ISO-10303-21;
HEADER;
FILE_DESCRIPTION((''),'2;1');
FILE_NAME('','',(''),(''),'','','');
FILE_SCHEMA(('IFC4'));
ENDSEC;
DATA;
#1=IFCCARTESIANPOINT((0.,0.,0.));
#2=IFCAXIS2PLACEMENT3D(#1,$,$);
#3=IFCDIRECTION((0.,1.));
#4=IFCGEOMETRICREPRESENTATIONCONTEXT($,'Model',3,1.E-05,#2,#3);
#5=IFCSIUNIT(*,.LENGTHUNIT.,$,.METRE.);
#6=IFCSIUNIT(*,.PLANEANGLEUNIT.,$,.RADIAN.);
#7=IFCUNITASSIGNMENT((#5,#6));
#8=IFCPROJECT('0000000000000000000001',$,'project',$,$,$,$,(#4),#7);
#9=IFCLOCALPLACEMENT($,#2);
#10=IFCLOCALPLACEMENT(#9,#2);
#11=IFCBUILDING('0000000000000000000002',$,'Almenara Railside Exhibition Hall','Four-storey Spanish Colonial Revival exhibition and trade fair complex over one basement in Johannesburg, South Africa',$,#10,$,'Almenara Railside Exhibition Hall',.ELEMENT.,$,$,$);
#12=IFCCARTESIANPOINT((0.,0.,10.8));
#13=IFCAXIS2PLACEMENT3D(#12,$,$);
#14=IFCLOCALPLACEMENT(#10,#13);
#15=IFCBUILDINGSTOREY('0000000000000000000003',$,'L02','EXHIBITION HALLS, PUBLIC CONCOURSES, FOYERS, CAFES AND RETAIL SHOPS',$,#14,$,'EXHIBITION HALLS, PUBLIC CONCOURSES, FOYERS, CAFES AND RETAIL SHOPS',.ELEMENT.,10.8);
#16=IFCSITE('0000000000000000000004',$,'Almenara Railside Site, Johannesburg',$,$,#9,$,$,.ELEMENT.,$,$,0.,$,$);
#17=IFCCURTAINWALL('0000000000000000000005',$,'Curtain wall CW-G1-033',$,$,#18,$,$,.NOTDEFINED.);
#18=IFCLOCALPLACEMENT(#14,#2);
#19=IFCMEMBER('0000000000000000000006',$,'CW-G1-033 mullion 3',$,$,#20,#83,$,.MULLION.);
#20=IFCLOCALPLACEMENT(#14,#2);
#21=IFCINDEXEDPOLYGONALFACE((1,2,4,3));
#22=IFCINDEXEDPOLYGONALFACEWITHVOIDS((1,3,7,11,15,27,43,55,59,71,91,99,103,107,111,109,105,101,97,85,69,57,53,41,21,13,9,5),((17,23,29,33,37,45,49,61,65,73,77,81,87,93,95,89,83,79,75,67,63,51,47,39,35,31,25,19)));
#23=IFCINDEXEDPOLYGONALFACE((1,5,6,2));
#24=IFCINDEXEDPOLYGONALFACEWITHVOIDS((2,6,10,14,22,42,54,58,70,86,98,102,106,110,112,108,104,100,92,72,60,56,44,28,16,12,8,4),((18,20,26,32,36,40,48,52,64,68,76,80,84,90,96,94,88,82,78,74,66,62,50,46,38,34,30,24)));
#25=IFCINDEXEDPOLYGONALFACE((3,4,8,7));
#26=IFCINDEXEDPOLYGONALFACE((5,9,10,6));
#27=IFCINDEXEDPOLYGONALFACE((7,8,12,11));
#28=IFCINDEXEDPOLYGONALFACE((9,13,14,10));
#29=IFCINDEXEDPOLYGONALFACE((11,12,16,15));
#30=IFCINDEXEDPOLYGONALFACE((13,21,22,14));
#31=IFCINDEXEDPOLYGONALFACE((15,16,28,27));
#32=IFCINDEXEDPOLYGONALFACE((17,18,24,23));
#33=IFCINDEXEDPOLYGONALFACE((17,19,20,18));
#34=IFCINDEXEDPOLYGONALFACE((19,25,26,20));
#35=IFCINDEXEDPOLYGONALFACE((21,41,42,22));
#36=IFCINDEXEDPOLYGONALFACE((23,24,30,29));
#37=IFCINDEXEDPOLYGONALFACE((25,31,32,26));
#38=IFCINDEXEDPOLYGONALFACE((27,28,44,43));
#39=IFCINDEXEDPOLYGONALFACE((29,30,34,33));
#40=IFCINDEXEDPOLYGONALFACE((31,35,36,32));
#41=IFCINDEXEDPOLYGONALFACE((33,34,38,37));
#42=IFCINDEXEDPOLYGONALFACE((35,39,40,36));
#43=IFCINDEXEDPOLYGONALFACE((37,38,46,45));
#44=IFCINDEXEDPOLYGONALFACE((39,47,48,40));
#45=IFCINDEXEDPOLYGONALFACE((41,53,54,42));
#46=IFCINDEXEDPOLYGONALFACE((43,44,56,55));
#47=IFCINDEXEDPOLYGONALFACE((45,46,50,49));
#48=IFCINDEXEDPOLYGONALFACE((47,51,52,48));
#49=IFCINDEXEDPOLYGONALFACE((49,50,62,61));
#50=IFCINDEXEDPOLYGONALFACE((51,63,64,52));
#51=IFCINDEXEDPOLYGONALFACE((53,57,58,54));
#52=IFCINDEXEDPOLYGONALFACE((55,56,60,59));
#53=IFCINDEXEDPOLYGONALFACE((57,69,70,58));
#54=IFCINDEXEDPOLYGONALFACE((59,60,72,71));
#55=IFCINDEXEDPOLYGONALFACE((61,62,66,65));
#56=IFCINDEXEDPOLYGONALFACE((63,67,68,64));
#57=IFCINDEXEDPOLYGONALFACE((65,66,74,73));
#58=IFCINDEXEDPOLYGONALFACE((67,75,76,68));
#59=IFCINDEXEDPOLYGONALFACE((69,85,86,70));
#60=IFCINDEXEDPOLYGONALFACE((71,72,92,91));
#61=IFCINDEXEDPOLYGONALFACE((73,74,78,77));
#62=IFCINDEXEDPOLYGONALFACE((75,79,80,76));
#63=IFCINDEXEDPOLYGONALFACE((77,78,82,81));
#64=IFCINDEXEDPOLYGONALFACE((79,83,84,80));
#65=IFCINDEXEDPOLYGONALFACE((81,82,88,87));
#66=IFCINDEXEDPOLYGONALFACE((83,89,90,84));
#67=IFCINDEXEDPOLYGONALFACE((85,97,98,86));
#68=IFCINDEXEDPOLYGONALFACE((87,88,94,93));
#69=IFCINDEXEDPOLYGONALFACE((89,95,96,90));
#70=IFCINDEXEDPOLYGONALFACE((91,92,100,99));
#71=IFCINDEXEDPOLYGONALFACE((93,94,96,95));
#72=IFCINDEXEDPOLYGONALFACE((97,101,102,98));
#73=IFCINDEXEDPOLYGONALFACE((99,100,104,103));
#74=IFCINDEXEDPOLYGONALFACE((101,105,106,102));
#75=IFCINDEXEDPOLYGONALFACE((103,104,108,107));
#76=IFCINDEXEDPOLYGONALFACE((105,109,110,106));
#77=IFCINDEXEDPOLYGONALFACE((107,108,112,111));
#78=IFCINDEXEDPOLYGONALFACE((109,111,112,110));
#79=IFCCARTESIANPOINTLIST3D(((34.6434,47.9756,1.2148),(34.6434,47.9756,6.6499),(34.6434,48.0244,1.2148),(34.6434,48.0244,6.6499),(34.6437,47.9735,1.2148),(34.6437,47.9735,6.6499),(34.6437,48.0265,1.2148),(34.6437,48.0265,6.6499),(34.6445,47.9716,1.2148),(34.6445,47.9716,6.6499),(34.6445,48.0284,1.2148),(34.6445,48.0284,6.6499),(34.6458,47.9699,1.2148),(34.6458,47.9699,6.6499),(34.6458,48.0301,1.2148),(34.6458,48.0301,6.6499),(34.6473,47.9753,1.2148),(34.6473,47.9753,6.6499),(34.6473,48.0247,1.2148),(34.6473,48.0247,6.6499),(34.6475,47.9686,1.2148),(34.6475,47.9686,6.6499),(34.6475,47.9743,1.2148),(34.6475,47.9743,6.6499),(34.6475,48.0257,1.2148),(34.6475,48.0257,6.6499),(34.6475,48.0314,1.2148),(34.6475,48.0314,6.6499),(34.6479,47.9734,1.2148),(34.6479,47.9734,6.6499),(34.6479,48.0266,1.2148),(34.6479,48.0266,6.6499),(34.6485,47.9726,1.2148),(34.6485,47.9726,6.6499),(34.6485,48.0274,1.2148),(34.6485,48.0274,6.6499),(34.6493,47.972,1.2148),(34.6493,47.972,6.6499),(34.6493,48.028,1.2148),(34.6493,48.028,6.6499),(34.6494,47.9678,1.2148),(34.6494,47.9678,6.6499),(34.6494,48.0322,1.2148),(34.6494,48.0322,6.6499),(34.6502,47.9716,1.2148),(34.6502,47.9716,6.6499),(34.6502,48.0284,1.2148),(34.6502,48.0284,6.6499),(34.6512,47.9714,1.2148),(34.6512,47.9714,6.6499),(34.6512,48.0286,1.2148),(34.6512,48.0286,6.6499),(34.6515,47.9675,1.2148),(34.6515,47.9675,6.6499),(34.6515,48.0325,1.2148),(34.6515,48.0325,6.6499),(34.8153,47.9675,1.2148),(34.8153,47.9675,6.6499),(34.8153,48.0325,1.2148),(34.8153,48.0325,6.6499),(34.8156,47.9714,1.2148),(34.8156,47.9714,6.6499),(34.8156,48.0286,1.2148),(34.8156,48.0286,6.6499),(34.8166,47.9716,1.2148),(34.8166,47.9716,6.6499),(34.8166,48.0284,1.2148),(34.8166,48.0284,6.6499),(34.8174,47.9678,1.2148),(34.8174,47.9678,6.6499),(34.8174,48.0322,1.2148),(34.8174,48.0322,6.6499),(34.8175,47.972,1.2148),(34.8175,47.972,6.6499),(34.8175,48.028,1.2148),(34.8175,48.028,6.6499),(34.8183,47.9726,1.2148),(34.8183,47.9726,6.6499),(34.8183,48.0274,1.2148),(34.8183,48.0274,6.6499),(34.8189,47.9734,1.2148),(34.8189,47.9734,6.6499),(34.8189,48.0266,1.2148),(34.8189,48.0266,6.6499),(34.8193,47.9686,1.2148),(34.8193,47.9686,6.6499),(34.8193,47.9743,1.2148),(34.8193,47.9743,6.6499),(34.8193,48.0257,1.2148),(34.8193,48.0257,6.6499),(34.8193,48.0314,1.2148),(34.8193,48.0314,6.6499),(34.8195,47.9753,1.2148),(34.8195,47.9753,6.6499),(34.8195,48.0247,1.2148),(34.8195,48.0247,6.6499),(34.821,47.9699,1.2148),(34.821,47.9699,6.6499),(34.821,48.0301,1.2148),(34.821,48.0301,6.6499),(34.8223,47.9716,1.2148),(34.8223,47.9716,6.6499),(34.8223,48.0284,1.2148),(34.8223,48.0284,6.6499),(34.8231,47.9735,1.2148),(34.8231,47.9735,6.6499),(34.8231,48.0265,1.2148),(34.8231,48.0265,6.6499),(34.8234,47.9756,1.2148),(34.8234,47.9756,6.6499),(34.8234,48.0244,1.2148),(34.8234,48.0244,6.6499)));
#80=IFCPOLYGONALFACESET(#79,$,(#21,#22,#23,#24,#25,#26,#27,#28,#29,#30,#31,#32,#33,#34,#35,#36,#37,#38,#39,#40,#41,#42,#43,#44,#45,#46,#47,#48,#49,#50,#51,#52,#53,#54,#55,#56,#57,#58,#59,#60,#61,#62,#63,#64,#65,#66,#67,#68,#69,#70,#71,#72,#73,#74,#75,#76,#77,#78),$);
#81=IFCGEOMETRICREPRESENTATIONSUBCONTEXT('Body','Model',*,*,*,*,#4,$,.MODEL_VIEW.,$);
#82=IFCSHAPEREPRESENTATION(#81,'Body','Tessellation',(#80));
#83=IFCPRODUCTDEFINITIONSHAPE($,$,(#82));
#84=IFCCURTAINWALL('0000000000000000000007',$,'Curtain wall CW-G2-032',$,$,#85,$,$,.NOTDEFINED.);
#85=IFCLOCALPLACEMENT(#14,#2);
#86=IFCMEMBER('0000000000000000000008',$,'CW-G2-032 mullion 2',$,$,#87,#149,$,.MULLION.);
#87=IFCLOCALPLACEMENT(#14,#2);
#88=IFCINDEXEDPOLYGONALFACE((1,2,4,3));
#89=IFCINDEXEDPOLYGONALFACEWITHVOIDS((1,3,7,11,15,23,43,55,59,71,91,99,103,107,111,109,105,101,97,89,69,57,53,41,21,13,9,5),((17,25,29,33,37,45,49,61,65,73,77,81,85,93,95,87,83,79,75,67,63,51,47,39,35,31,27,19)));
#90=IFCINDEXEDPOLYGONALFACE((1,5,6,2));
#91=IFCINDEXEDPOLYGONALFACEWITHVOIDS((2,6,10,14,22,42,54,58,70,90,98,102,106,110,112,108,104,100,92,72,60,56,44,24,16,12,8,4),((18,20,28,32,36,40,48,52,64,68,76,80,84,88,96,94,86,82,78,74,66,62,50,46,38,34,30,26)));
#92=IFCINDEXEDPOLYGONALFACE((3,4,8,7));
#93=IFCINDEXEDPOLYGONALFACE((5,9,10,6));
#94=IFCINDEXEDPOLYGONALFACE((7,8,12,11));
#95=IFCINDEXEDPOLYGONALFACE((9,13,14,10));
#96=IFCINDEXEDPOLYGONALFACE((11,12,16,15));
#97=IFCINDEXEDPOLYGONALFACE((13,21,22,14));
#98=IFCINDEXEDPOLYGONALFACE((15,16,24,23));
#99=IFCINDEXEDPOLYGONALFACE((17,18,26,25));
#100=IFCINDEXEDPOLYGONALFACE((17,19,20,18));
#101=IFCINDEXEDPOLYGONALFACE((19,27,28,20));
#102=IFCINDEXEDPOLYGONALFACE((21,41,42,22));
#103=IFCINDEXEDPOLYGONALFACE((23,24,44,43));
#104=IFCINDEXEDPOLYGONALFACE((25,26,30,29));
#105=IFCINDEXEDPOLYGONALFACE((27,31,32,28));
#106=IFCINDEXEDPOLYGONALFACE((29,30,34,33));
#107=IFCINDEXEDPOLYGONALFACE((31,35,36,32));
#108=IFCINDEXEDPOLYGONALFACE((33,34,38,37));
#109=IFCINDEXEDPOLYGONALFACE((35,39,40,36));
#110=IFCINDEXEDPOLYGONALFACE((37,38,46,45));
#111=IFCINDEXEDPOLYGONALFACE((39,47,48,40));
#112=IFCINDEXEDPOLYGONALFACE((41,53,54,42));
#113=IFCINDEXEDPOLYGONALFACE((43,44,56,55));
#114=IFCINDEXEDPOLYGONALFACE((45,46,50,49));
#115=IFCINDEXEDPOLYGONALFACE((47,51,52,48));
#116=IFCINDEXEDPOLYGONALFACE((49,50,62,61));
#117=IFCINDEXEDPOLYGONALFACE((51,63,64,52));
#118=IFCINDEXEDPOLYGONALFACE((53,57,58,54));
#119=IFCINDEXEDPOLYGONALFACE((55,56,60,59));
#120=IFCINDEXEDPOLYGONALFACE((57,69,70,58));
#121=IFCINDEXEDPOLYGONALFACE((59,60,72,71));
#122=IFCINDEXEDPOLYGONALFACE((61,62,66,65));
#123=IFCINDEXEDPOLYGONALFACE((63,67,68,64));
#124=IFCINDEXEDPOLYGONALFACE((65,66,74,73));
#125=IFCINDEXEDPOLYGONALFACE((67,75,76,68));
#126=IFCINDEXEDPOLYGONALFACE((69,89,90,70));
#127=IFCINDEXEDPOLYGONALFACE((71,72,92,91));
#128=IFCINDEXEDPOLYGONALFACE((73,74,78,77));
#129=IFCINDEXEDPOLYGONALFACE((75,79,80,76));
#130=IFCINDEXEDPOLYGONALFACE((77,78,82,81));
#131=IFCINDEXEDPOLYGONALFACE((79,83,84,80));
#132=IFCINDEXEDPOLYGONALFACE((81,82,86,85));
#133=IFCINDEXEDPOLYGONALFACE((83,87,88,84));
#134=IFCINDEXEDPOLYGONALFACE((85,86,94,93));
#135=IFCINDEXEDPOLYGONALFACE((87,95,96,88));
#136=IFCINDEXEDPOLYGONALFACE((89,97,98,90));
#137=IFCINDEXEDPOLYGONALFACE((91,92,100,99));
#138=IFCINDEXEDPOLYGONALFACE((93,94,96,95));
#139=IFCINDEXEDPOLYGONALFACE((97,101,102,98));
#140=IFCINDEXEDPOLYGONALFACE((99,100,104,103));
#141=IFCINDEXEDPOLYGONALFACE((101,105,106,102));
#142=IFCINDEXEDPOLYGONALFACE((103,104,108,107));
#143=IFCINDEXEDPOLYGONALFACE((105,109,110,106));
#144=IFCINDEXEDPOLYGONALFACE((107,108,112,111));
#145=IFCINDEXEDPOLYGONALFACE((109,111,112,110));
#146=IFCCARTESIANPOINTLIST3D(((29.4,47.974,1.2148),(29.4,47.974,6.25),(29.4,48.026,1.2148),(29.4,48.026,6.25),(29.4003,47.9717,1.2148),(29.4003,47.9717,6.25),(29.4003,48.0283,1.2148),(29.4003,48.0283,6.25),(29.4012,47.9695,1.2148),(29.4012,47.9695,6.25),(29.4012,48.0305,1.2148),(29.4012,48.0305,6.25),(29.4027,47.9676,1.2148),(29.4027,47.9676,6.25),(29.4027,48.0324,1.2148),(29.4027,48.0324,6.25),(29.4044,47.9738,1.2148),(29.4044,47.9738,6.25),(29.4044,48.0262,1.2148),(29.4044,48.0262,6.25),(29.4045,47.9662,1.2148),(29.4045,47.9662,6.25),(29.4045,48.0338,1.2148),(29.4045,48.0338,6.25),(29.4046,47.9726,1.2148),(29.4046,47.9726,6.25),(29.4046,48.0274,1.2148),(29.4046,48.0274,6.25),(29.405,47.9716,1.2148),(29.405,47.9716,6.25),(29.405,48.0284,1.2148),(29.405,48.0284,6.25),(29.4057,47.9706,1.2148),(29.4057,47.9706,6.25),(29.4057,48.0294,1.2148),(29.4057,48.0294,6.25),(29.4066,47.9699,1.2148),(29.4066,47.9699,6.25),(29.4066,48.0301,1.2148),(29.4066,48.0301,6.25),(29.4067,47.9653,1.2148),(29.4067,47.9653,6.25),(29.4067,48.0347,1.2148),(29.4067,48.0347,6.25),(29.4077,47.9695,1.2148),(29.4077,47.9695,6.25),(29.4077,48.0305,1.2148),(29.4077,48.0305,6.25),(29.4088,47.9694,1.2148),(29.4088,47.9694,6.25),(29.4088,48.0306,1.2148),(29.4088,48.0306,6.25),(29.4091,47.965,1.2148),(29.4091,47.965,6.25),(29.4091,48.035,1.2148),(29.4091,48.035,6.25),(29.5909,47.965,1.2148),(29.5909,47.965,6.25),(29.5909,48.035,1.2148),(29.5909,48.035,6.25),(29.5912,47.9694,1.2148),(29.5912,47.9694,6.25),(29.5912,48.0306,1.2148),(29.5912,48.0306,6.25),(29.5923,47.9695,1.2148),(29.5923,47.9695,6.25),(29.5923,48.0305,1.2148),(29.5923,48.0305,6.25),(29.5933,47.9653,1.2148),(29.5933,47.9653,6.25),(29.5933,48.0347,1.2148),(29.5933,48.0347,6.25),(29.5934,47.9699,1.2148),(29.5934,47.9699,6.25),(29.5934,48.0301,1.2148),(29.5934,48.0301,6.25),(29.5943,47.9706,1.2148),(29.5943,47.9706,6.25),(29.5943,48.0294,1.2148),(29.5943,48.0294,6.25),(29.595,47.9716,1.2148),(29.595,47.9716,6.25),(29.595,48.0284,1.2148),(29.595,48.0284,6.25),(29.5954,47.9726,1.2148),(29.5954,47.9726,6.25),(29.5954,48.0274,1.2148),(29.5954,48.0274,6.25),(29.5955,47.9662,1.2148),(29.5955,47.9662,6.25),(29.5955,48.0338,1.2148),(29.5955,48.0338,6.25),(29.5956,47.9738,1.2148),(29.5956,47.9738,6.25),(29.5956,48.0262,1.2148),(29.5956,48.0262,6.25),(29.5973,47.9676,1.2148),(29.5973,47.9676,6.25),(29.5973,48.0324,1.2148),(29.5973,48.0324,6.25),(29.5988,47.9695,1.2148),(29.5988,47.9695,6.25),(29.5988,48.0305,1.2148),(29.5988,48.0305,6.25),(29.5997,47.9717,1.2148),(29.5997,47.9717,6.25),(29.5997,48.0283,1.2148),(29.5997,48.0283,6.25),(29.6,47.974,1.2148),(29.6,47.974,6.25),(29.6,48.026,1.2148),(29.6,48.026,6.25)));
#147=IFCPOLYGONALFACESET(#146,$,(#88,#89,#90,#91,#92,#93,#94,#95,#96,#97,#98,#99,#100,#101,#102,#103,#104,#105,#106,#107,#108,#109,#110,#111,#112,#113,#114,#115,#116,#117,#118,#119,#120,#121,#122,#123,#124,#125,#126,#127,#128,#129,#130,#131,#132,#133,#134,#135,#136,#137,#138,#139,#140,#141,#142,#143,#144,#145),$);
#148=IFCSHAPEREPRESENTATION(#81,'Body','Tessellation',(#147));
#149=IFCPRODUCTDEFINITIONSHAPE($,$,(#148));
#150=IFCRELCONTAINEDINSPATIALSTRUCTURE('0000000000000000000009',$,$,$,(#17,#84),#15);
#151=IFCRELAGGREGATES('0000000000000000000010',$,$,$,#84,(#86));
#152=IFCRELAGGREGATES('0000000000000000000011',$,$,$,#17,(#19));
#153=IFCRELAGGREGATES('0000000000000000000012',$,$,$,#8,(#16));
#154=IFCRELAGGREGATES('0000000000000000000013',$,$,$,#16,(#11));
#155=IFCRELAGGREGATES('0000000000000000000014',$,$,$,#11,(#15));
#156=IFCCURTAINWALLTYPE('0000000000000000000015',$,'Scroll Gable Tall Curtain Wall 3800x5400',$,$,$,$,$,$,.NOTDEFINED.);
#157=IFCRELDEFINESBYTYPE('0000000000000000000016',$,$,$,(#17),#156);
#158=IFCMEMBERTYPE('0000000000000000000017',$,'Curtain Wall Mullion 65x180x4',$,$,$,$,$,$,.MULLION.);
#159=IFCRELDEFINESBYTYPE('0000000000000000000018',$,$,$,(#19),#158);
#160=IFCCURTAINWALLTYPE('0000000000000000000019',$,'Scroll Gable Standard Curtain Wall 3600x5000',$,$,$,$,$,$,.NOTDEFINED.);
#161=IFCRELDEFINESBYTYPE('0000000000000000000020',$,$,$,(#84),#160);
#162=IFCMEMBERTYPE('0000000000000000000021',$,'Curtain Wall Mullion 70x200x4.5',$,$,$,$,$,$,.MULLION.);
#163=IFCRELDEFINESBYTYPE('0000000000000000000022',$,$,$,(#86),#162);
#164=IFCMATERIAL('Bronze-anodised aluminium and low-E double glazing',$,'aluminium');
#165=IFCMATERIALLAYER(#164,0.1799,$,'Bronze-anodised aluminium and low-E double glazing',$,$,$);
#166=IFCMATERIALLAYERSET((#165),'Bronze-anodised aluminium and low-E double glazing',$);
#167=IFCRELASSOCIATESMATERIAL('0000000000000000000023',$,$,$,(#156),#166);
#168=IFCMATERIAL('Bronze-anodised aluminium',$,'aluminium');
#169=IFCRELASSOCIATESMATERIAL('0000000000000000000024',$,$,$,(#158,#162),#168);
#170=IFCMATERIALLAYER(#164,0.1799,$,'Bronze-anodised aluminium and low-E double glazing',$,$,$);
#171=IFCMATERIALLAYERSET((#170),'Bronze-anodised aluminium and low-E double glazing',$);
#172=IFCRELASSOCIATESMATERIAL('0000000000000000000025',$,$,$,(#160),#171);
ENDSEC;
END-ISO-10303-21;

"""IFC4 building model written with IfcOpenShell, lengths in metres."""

from ifc_helpers import new_model, si_unit, direction, frame, origin, origin_2d, place, context, subcontext, project, spatial, hollow_rectangle, extrude, material, layer, layer_set, material_profile, profile_set, type_object, element, aggregate, save


model = new_model("IFC4")

# Units and contexts
model_context = context("Model", 3, precision=1e-05, world=origin(), true_north=direction((0.0, 1.0)))
body_context = subcontext(model_context, "Body", "Model", "MODEL_VIEW")
ifc_project = project(units=[si_unit("LENGTHUNIT", "METRE"), si_unit("PLANEANGLEUNIT", "RADIAN")], contexts=[model_context])

# Site, building, storey
site_placement = place(None, origin())
site = spatial("IfcSite", under=ifc_project, at=site_placement, Name="Almenara Railside Site, Johannesburg", CompositionType="ELEMENT", RefElevation=0.0)
building_placement = place(site_placement, origin())
building = spatial("IfcBuilding", under=site, at=building_placement, Name="Almenara Railside Exhibition Hall", Description="Four-storey Spanish Colonial Revival exhibition and trade fair complex over one basement in Johannesburg, South Africa", LongName="Almenara Railside Exhibition Hall", CompositionType="ELEMENT")
storey_placement = place(building_placement, frame((0.0, 0.0, 10.8)))
storey = spatial("IfcBuildingStorey", under=building, at=storey_placement, Name="L02", Description="EXHIBITION HALLS, PUBLIC CONCOURSES, FOYERS, CAFES AND RETAIL SHOPS", LongName="EXHIBITION HALLS, PUBLIC CONCOURSES, FOYERS, CAFES AND RETAIL SHOPS", CompositionType="ELEMENT", Elevation=10.8)

# Curtain walls, members
ifc_material_1 = material(Name="Bronze-anodised aluminium and low-E double glazing", Category="aluminium")
ifc_layer_1 = layer(ifc_material_1, 0.1799, Name="Bronze-anodised aluminium and low-E double glazing")
ifc_layer_set_1 = layer_set([ifc_layer_1], Name="Bronze-anodised aluminium and low-E double glazing")
curtain_wall_type_1 = type_object("IfcCurtainWallType", Name="Scroll Gable Tall Curtain Wall 3800x5400", PredefinedType="NOTDEFINED", material=ifc_layer_set_1)
curtain_wall_1_placement = place(storey_placement, origin())
curtain_wall_1 = element("IfcCurtainWall", 1, at=curtain_wall_1_placement, inside=storey, type_object=curtain_wall_type_1, Name="Curtain wall CW-G1-033", PredefinedType="NOTDEFINED")
ifc_material_2 = material(Name="Bronze-anodised aluminium", Category="aluminium")
ifc_material_profile_1 = material_profile(ifc_material_2, hollow_rectangle(XDim=0.0649, YDim=0.1799, WallThickness=0.0039, InnerFilletRadius=0.0039, OuterFilletRadius=0.0081, at=origin_2d()), Name="ALU-MUL 65x180x4")
ifc_profile_set_1 = profile_set([ifc_material_profile_1], Name="Bronze-anodised aluminium")
member_type_1 = type_object("IfcMemberType", Name="Curtain Wall Mullion 65x180x4", PredefinedType="MULLION", material=ifc_profile_set_1)
member_1_placement = place(storey_placement, frame((34.7334, 48.0, 1.2148), z_axis=(0.0, 0.0, 1.0), x_axis=(0.0, 1.0, 0.0)))
member_1 = element("IfcMember", 2, at=member_1_placement, type_object=member_type_1, Name="CW-G1-033 mullion 3", PredefinedType="MULLION", context=body_context, shape_type="SweptSolid", body=[
    extrude(hollow_rectangle(XDim=0.0649, YDim=0.1799, WallThickness=0.0039, InnerFilletRadius=0.0039, OuterFilletRadius=0.0081, at=origin_2d()), origin(), (0.0, 0.0, 1.0), 5.4351),
])
ifc_layer_2 = layer(ifc_material_1, 0.1799, Name="Bronze-anodised aluminium and low-E double glazing")
ifc_layer_set_2 = layer_set([ifc_layer_2], Name="Bronze-anodised aluminium and low-E double glazing")
curtain_wall_type_2 = type_object("IfcCurtainWallType", Name="Scroll Gable Standard Curtain Wall 3600x5000", PredefinedType="NOTDEFINED", material=ifc_layer_set_2)
curtain_wall_2_placement = place(storey_placement, origin())
curtain_wall_2 = element("IfcCurtainWall", 3, at=curtain_wall_2_placement, inside=storey, type_object=curtain_wall_type_2, Name="Curtain wall CW-G2-032", PredefinedType="NOTDEFINED")
ifc_material_profile_2 = material_profile(ifc_material_2, hollow_rectangle(XDim=0.0701, YDim=0.2, WallThickness=0.0044, InnerFilletRadius=0.0044, OuterFilletRadius=0.009, at=origin_2d()), Name="ALU-MUL 70x200x4.5")
ifc_profile_set_2 = profile_set([ifc_material_profile_2], Name="Bronze-anodised aluminium")
member_type_2 = type_object("IfcMemberType", Name="Curtain Wall Mullion 70x200x4.5", PredefinedType="MULLION", material=ifc_profile_set_2)
member_2_placement = place(storey_placement, frame((29.5, 48.0, 1.2148), z_axis=(0.0, 0.0, 1.0), x_axis=(0.0, 1.0, 0.0)))
member_2 = element("IfcMember", 4, at=member_2_placement, type_object=member_type_2, Name="CW-G2-032 mullion 2", PredefinedType="MULLION", context=body_context, shape_type="SweptSolid", body=[
    extrude(hollow_rectangle(XDim=0.0701, YDim=0.2, WallThickness=0.0044, InnerFilletRadius=0.0044, OuterFilletRadius=0.009, at=origin_2d()), origin(), (0.0, 0.0, 1.0), 5.0352),
])

aggregate(curtain_wall_2, [member_2])
aggregate(curtain_wall_1, [member_1])

save(model, "model.ifc")
